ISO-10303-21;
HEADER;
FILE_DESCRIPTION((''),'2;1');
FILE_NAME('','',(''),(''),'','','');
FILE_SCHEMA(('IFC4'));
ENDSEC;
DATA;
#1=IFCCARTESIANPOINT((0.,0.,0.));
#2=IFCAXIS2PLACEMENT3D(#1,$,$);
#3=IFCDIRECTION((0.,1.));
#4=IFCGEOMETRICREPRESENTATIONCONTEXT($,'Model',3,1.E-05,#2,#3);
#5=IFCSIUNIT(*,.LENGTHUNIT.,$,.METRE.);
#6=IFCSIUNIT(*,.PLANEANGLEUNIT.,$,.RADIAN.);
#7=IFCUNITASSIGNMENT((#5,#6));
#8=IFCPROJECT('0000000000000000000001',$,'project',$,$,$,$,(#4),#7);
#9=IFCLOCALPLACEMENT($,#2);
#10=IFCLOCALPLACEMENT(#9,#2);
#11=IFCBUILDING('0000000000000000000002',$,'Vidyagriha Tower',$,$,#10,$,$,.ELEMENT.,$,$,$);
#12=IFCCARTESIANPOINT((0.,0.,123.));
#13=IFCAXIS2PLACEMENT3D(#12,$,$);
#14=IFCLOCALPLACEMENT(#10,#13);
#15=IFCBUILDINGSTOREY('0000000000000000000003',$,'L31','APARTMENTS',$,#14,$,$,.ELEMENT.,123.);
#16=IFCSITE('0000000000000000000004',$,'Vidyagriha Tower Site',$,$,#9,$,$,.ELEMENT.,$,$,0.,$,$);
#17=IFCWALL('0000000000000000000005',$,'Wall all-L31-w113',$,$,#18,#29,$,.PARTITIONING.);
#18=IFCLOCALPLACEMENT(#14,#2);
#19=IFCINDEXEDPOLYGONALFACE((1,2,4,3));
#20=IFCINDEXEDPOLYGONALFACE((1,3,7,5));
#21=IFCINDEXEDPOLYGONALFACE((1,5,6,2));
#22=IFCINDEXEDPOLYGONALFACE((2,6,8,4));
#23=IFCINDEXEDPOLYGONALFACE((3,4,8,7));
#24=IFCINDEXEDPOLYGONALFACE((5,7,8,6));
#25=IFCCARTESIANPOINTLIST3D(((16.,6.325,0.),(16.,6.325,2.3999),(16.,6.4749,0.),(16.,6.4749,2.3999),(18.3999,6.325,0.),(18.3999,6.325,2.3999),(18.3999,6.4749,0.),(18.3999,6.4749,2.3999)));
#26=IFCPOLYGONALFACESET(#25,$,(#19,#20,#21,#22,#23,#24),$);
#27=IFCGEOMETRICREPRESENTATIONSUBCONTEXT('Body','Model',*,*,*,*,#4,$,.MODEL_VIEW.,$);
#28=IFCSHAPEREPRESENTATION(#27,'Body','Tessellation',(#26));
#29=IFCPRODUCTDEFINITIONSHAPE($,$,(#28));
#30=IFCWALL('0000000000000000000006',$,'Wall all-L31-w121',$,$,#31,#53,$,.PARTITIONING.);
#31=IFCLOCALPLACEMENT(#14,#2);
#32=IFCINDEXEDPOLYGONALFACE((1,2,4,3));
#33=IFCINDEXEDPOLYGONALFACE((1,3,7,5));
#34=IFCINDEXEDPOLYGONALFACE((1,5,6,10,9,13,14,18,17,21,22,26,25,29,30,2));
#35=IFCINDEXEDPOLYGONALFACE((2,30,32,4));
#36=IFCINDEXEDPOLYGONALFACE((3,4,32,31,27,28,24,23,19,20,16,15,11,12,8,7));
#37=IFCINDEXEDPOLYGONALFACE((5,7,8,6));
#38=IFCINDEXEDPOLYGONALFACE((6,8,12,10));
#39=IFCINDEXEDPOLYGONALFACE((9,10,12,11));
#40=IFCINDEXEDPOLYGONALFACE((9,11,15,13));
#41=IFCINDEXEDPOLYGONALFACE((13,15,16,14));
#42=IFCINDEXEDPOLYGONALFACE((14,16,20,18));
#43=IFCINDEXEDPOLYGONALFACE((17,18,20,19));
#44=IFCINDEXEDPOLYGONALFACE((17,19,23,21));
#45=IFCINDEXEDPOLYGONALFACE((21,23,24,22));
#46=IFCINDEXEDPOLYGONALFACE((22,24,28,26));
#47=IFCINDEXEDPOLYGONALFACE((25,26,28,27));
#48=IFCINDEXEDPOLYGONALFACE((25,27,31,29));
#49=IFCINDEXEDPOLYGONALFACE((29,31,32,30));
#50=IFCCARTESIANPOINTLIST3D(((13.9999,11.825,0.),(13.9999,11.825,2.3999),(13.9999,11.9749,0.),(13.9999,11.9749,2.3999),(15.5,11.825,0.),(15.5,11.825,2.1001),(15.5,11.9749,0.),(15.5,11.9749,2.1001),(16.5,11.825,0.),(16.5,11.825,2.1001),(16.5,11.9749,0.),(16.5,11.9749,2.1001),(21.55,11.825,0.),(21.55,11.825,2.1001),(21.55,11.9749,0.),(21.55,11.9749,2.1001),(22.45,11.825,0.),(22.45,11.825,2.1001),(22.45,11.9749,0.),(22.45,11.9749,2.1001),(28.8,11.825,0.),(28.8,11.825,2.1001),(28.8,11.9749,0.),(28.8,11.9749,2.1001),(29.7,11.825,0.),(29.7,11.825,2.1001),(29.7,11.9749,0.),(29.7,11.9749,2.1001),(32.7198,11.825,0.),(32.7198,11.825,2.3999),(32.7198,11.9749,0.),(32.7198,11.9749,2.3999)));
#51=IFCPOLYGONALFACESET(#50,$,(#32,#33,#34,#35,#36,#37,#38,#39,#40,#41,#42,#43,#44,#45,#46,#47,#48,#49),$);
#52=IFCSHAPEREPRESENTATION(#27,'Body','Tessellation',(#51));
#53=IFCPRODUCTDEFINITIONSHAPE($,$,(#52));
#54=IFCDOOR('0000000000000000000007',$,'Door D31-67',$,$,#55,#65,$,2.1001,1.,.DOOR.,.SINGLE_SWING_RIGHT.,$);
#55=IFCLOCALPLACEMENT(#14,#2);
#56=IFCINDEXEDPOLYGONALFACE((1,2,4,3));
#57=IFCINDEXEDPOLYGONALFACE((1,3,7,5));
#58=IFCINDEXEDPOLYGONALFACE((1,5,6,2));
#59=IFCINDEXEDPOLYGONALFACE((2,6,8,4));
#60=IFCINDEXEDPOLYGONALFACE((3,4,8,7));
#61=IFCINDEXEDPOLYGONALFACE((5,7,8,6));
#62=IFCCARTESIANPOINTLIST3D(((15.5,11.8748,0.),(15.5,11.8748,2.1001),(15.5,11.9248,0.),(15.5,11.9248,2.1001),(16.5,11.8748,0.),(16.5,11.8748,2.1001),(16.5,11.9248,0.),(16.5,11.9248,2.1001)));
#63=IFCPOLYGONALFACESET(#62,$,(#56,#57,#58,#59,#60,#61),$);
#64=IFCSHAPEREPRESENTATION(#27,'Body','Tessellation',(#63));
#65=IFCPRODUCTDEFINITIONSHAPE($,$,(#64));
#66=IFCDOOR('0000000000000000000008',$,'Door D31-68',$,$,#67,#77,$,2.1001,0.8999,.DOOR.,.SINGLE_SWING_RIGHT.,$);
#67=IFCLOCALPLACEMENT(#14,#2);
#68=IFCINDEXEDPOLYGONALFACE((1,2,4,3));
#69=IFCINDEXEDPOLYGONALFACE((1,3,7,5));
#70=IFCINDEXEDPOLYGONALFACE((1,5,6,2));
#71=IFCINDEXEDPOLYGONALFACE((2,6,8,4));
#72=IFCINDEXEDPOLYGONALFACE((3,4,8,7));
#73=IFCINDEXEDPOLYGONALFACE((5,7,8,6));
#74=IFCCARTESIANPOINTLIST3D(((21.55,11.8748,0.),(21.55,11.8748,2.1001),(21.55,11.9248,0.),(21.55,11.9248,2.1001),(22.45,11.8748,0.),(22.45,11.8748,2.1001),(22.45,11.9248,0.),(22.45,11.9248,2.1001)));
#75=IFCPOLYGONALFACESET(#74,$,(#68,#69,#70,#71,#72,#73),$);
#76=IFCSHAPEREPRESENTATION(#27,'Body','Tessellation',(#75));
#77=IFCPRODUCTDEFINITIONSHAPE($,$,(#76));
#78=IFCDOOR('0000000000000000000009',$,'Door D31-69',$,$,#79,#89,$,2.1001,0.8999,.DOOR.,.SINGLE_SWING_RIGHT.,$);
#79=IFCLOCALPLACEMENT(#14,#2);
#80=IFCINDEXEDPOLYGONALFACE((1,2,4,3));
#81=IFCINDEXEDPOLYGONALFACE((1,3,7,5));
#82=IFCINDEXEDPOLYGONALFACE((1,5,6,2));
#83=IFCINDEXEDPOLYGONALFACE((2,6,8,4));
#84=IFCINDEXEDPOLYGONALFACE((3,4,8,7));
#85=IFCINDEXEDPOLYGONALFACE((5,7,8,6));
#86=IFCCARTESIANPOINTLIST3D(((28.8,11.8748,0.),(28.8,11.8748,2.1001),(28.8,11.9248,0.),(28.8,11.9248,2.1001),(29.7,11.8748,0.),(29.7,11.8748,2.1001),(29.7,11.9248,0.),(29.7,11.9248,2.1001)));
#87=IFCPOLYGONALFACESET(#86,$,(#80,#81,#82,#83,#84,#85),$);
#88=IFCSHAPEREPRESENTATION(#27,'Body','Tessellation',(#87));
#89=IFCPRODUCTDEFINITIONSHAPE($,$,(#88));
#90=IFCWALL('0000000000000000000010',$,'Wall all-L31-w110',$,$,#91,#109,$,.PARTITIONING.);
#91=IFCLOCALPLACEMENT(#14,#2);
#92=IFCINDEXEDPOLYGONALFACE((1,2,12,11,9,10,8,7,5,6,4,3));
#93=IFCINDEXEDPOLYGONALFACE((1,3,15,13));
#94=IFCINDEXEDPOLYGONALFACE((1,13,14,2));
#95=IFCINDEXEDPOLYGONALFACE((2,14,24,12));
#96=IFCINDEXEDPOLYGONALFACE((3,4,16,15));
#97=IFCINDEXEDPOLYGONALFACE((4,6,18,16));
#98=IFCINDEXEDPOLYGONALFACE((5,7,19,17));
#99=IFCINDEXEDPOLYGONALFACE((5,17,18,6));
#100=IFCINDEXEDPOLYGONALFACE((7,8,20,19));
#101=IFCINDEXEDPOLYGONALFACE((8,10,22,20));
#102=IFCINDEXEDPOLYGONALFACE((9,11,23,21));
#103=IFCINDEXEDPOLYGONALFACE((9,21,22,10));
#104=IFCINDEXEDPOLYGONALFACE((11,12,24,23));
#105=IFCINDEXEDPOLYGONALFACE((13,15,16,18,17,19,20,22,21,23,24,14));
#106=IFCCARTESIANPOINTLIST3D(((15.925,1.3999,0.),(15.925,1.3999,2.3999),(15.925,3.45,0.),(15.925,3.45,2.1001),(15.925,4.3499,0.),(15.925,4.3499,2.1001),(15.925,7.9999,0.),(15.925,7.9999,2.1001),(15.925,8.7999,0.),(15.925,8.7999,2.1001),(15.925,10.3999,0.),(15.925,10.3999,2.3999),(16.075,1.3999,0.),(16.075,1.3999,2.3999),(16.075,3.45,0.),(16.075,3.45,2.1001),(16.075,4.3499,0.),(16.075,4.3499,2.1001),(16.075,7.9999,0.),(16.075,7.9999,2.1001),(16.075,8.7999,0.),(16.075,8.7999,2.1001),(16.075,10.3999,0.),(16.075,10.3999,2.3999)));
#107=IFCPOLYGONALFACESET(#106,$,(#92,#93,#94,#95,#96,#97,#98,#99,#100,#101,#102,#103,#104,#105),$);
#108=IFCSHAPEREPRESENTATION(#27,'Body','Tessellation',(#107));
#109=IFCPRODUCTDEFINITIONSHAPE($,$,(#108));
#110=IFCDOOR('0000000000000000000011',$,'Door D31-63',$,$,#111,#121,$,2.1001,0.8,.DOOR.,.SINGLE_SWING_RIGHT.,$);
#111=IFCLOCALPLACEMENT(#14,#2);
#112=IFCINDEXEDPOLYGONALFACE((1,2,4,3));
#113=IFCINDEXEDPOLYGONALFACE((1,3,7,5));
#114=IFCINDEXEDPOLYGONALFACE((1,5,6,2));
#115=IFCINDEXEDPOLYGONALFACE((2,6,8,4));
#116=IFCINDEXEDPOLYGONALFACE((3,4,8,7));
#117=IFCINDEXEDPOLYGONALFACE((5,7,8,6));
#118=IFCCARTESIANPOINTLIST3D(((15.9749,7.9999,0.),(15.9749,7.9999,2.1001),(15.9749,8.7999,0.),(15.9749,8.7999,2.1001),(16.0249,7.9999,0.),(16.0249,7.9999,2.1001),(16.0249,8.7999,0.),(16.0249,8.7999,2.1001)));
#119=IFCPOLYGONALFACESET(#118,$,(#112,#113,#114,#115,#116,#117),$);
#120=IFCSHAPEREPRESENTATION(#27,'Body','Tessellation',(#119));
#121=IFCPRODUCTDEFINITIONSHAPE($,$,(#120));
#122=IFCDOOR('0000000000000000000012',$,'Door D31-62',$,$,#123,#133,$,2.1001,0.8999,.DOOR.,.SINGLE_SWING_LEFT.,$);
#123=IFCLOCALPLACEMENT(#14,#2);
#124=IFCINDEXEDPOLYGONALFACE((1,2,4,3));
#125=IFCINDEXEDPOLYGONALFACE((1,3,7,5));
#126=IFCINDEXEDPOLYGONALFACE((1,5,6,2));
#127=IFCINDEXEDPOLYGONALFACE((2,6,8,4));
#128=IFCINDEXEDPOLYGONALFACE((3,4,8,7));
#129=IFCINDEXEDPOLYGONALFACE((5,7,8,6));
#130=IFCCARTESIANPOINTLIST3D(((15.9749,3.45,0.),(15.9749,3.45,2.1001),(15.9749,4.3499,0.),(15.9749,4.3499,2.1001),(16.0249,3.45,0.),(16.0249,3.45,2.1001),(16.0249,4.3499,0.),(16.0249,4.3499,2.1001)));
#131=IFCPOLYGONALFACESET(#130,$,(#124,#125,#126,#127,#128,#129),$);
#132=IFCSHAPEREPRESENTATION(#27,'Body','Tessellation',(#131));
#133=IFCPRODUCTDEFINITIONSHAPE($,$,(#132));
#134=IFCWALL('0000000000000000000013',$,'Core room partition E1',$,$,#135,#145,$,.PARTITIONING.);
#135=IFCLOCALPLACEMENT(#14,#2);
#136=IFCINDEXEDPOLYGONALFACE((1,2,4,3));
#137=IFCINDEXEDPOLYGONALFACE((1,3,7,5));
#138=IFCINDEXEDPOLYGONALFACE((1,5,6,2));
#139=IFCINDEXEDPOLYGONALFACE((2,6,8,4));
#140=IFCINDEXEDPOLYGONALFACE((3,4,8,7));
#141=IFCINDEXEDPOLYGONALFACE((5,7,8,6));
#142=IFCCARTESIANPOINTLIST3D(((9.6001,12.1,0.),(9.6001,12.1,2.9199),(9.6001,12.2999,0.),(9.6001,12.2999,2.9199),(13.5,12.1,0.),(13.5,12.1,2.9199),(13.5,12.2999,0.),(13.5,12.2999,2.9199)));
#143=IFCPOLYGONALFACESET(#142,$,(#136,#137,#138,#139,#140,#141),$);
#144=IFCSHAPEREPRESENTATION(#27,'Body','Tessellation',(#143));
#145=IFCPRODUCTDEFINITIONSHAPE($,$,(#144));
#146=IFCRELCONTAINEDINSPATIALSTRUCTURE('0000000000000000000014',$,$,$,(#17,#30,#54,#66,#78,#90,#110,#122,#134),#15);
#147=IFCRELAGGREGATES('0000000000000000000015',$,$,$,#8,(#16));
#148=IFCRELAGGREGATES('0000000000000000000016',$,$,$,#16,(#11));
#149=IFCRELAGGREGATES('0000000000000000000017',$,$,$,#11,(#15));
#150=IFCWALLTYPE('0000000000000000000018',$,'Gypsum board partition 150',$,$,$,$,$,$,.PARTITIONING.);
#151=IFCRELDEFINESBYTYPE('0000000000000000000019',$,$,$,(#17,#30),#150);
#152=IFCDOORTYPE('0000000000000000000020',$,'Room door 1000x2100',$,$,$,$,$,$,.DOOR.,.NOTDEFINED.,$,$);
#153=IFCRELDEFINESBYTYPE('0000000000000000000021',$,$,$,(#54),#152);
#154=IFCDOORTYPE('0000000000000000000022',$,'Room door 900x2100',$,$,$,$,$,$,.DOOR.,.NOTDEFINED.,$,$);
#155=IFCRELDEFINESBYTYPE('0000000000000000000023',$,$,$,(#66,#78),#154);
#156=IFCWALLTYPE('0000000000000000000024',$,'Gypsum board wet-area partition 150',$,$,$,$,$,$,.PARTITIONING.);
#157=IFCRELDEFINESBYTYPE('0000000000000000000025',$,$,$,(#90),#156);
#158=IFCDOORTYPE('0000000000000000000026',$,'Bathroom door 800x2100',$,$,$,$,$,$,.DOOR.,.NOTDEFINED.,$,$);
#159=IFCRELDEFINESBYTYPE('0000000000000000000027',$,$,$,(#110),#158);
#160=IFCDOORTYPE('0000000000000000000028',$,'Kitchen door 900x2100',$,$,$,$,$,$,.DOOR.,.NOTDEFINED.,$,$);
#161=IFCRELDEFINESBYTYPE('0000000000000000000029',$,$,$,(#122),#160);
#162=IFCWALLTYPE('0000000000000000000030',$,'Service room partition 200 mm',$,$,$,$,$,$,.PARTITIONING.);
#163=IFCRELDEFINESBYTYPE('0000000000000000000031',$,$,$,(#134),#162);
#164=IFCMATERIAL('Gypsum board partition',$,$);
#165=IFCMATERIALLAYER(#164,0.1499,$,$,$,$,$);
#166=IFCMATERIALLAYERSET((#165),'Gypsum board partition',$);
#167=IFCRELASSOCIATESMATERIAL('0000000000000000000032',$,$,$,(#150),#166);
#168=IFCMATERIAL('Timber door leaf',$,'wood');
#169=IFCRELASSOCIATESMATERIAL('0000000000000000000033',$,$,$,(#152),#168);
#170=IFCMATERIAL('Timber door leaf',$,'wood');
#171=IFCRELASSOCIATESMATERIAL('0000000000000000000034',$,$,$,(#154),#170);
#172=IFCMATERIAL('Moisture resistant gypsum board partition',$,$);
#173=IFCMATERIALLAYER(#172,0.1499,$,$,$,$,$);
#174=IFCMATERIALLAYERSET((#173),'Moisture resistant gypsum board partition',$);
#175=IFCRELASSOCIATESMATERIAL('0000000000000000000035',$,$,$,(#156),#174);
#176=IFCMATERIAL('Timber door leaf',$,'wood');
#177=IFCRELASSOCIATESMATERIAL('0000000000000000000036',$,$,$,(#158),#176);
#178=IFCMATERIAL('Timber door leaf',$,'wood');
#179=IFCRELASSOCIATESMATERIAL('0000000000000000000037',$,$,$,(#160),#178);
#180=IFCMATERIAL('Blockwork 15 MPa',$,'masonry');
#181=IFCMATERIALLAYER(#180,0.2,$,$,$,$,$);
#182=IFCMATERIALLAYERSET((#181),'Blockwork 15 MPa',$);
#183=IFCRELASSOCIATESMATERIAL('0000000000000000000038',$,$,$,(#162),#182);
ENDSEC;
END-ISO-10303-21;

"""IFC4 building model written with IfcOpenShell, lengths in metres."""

from ifc_helpers import new_model, si_unit, direction, frame, frame_2d, origin, place, context, subcontext, project, spatial, rectangle, extrude, material, layer, layer_set, type_object, element, fill, save


model = new_model("IFC4")

# Units and contexts
model_context = context("Model", 3, precision=1e-05, world=origin(), true_north=direction((0.0, 1.0)))
body_context = subcontext(model_context, "Body", "Model", "MODEL_VIEW")
ifc_project = project(units=[si_unit("LENGTHUNIT", "METRE"), si_unit("PLANEANGLEUNIT", "RADIAN")], contexts=[model_context])

# Site, building, storey
site_placement = place(None, origin())
site = spatial("IfcSite", under=ifc_project, at=site_placement, Name="Vidyagriha Tower Site", CompositionType="ELEMENT", RefElevation=0.0)
building_placement = place(site_placement, origin())
building = spatial("IfcBuilding", under=site, at=building_placement, Name="Vidyagriha Tower", CompositionType="ELEMENT")
storey_placement = place(building_placement, frame((0.0, 0.0, 123.0)))
storey = spatial("IfcBuildingStorey", under=building, at=storey_placement, Name="L31", Description="APARTMENTS", CompositionType="ELEMENT", Elevation=123.0)

# Wall
ifc_material_1 = material(Name="Gypsum board partition")
ifc_layer_1 = layer(ifc_material_1, 0.1499)
ifc_layer_set_1 = layer_set([ifc_layer_1], Name="Gypsum board partition")
wall_type_1 = type_object("IfcWallType", Name="Gypsum board partition 150", PredefinedType="PARTITIONING", material=ifc_layer_set_1)
wall_1_placement = place(storey_placement, frame((16.0, 6.3999, 0.0)))
element("IfcWall", 1, at=wall_1_placement, inside=storey, type_object=wall_type_1, Name="Wall all-L31-w113", PredefinedType="PARTITIONING", context=body_context, shape_type="SweptSolid", body=[
    extrude(rectangle(XDim=2.3999, YDim=0.1499, at=frame_2d((1.2, 0.0))), origin(), (0.0, 0.0, 1.0), 2.3999),
])

# Walls, openings, doors
wall_2_placement = place(storey_placement, frame((14.0, 11.8999, 0.0)))
wall_2 = element("IfcWall", 2, at=wall_2_placement, inside=storey, type_object=wall_type_1, Name="Wall all-L31-w121", PredefinedType="PARTITIONING", context=body_context, shape_type="SweptSolid", body=[
    extrude(rectangle(XDim=18.72, YDim=0.1499, at=frame_2d((9.3599, 0.0))), origin(), (0.0, 0.0, 1.0), 2.3999),
])
opening_1_placement = place(wall_2_placement, frame((1.5, 0.0, 0.0)))
opening_1 = element("IfcOpeningElement", 3, at=opening_1_placement, cuts=wall_2, PredefinedType="OPENING", context=body_context, shape_type="SweptSolid", body=[
    extrude(rectangle(XDim=1.0, YDim=2.1001, at=frame_2d((0.5, 1.05))), frame((0.0, 0.085, 0.0), z_axis=(0.0, -1.0, 0.0), x_axis=(1.0, 0.0, 0.0)), (0.0, 0.0, 1.0), 0.1699),
])
opening_2_placement = place(wall_2_placement, frame((7.55, 0.0, 0.0)))
opening_2 = element("IfcOpeningElement", 4, at=opening_2_placement, cuts=wall_2, PredefinedType="OPENING", context=body_context, shape_type="SweptSolid", body=[
    extrude(rectangle(XDim=0.8999, YDim=2.1001, at=frame_2d((0.45, 1.05))), frame((0.0, 0.085, 0.0), z_axis=(0.0, -1.0, 0.0), x_axis=(1.0, 0.0, 0.0)), (0.0, 0.0, 1.0), 0.1699),
])
opening_3_placement = place(wall_2_placement, frame((14.8, 0.0, 0.0)))
opening_3 = element("IfcOpeningElement", 5, at=opening_3_placement, cuts=wall_2, PredefinedType="OPENING", context=body_context, shape_type="SweptSolid", body=[
    extrude(rectangle(XDim=0.8999, YDim=2.1001, at=frame_2d((0.45, 1.05))), frame((0.0, 0.085, 0.0), z_axis=(0.0, -1.0, 0.0), x_axis=(1.0, 0.0, 0.0)), (0.0, 0.0, 1.0), 0.1699),
])
ifc_material_2 = material(Name="Timber door leaf", Category="wood")
door_type_1 = type_object("IfcDoorType", Name="Room door 1000x2100", OperationType="NOTDEFINED", PredefinedType="DOOR", material=ifc_material_2)
door_1_placement = place(opening_1_placement, origin())
door_1 = element("IfcDoor", 6, at=door_1_placement, inside=storey, type_object=door_type_1, Name="Door D31-67", OperationType="SINGLE_SWING_RIGHT", OverallHeight=2.1001, OverallWidth=1.0, PredefinedType="DOOR", context=body_context, shape_type="SweptSolid", body=[
    extrude(rectangle(XDim=1.0, YDim=2.1001, at=frame_2d((0.5, 1.05))), frame((0.0, 0.0249, 0.0), z_axis=(0.0, -1.0, 0.0), x_axis=(1.0, 0.0, 0.0)), (0.0, 0.0, 1.0), 0.05),
])
fill(opening_1, door_1)
ifc_material_3 = material(Name="Timber door leaf", Category="wood")
door_type_2 = type_object("IfcDoorType", Name="Room door 900x2100", OperationType="NOTDEFINED", PredefinedType="DOOR", material=ifc_material_3)
door_2_placement = place(opening_2_placement, origin())
door_2 = element("IfcDoor", 7, at=door_2_placement, inside=storey, type_object=door_type_2, Name="Door D31-68", OperationType="SINGLE_SWING_RIGHT", OverallHeight=2.1001, OverallWidth=0.8999, PredefinedType="DOOR", context=body_context, shape_type="SweptSolid", body=[
    extrude(rectangle(XDim=0.8999, YDim=2.1001, at=frame_2d((0.45, 1.05))), frame((0.0, 0.0249, 0.0), z_axis=(0.0, -1.0, 0.0), x_axis=(1.0, 0.0, 0.0)), (0.0, 0.0, 1.0), 0.05),
])
fill(opening_2, door_2)
door_3_placement = place(opening_3_placement, origin())
door_3 = element("IfcDoor", 8, at=door_3_placement, inside=storey, type_object=door_type_2, Name="Door D31-69", OperationType="SINGLE_SWING_RIGHT", OverallHeight=2.1001, OverallWidth=0.8999, PredefinedType="DOOR", context=body_context, shape_type="SweptSolid", body=[
    extrude(rectangle(XDim=0.8999, YDim=2.1001, at=frame_2d((0.45, 1.05))), frame((0.0, 0.0249, 0.0), z_axis=(0.0, -1.0, 0.0), x_axis=(1.0, 0.0, 0.0)), (0.0, 0.0, 1.0), 0.05),
])
fill(opening_3, door_3)
ifc_material_4 = material(Name="Moisture resistant gypsum board partition")
ifc_layer_2 = layer(ifc_material_4, 0.1499)
ifc_layer_set_2 = layer_set([ifc_layer_2], Name="Moisture resistant gypsum board partition")
wall_type_2 = type_object("IfcWallType", Name="Gypsum board wet-area partition 150", PredefinedType="PARTITIONING", material=ifc_layer_set_2)
wall_3_placement = place(storey_placement, frame((16.0, 10.3999, 0.0), z_axis=(0.0, 0.0, 1.0), x_axis=(0.0, -1.0, 0.0)))
wall_3 = element("IfcWall", 9, at=wall_3_placement, inside=storey, type_object=wall_type_2, Name="Wall all-L31-w110", PredefinedType="PARTITIONING", context=body_context, shape_type="SweptSolid", body=[
    extrude(rectangle(XDim=9.0, YDim=0.1499, at=frame_2d((4.5, 0.0))), origin(), (0.0, 0.0, 1.0), 2.3999),
])
opening_4_placement = place(wall_3_placement, frame((6.05, 0.0, 0.0)))
opening_4 = element("IfcOpeningElement", 10, at=opening_4_placement, cuts=wall_3, PredefinedType="OPENING", context=body_context, shape_type="SweptSolid", body=[
    extrude(rectangle(XDim=0.8999, YDim=2.1001, at=frame_2d((0.45, 1.05))), frame((0.0, 0.085, 0.0), z_axis=(0.0, -1.0, 0.0), x_axis=(1.0, 0.0, 0.0)), (0.0, 0.0, 1.0), 0.1699),
])
opening_5_placement = place(wall_3_placement, frame((1.6001, 0.0, 0.0)))
opening_5 = element("IfcOpeningElement", 11, at=opening_5_placement, cuts=wall_3, PredefinedType="OPENING", context=body_context, shape_type="SweptSolid", body=[
    extrude(rectangle(XDim=0.8, YDim=2.1001, at=frame_2d((0.3999, 1.05))), frame((0.0, 0.085, 0.0), z_axis=(0.0, -1.0, 0.0), x_axis=(1.0, 0.0, 0.0)), (0.0, 0.0, 1.0), 0.1699),
])
ifc_material_5 = material(Name="Timber door leaf", Category="wood")
door_type_3 = type_object("IfcDoorType", Name="Bathroom door 800x2100", OperationType="NOTDEFINED", PredefinedType="DOOR", material=ifc_material_5)
door_4_placement = place(opening_5_placement, origin())
door_4 = element("IfcDoor", 12, at=door_4_placement, inside=storey, type_object=door_type_3, Name="Door D31-63", OperationType="SINGLE_SWING_RIGHT", OverallHeight=2.1001, OverallWidth=0.8, PredefinedType="DOOR", context=body_context, shape_type="SweptSolid", body=[
    extrude(rectangle(XDim=0.8, YDim=2.1001, at=frame_2d((0.3999, 1.05))), frame((0.0, 0.0249, 0.0), z_axis=(0.0, -1.0, 0.0), x_axis=(1.0, 0.0, 0.0)), (0.0, 0.0, 1.0), 0.05),
])
fill(opening_5, door_4)
ifc_material_6 = material(Name="Timber door leaf", Category="wood")
door_type_4 = type_object("IfcDoorType", Name="Kitchen door 900x2100", OperationType="NOTDEFINED", PredefinedType="DOOR", material=ifc_material_6)
door_5_placement = place(opening_4_placement, origin())
door_5 = element("IfcDoor", 13, at=door_5_placement, inside=storey, type_object=door_type_4, Name="Door D31-62", OperationType="SINGLE_SWING_LEFT", OverallHeight=2.1001, OverallWidth=0.8999, PredefinedType="DOOR", context=body_context, shape_type="SweptSolid", body=[
    extrude(rectangle(XDim=0.8999, YDim=2.1001, at=frame_2d((0.45, 1.05))), frame((0.0, 0.0249, 0.0), z_axis=(0.0, -1.0, 0.0), x_axis=(1.0, 0.0, 0.0)), (0.0, 0.0, 1.0), 0.05),
])
fill(opening_4, door_5)

# Wall
ifc_material_7 = material(Name="Blockwork 15 MPa", Category="masonry")
ifc_layer_3 = layer(ifc_material_7, 0.2)
ifc_layer_set_3 = layer_set([ifc_layer_3], Name="Blockwork 15 MPa")
wall_type_3 = type_object("IfcWallType", Name="Service room partition 200 mm", PredefinedType="PARTITIONING", material=ifc_layer_set_3)
wall_4_placement = place(storey_placement, frame((9.6001, 12.2, 0.0)))
element("IfcWall", 14, at=wall_4_placement, inside=storey, type_object=wall_type_3, Name="Core room partition E1", PredefinedType="PARTITIONING", context=body_context, shape_type="SweptSolid", body=[
    extrude(rectangle(XDim=3.8999, YDim=0.2, at=frame_2d((1.95, 0.0))), origin(), (0.0, 0.0, 1.0), 2.9199),
])

save(model, "model.ifc")
